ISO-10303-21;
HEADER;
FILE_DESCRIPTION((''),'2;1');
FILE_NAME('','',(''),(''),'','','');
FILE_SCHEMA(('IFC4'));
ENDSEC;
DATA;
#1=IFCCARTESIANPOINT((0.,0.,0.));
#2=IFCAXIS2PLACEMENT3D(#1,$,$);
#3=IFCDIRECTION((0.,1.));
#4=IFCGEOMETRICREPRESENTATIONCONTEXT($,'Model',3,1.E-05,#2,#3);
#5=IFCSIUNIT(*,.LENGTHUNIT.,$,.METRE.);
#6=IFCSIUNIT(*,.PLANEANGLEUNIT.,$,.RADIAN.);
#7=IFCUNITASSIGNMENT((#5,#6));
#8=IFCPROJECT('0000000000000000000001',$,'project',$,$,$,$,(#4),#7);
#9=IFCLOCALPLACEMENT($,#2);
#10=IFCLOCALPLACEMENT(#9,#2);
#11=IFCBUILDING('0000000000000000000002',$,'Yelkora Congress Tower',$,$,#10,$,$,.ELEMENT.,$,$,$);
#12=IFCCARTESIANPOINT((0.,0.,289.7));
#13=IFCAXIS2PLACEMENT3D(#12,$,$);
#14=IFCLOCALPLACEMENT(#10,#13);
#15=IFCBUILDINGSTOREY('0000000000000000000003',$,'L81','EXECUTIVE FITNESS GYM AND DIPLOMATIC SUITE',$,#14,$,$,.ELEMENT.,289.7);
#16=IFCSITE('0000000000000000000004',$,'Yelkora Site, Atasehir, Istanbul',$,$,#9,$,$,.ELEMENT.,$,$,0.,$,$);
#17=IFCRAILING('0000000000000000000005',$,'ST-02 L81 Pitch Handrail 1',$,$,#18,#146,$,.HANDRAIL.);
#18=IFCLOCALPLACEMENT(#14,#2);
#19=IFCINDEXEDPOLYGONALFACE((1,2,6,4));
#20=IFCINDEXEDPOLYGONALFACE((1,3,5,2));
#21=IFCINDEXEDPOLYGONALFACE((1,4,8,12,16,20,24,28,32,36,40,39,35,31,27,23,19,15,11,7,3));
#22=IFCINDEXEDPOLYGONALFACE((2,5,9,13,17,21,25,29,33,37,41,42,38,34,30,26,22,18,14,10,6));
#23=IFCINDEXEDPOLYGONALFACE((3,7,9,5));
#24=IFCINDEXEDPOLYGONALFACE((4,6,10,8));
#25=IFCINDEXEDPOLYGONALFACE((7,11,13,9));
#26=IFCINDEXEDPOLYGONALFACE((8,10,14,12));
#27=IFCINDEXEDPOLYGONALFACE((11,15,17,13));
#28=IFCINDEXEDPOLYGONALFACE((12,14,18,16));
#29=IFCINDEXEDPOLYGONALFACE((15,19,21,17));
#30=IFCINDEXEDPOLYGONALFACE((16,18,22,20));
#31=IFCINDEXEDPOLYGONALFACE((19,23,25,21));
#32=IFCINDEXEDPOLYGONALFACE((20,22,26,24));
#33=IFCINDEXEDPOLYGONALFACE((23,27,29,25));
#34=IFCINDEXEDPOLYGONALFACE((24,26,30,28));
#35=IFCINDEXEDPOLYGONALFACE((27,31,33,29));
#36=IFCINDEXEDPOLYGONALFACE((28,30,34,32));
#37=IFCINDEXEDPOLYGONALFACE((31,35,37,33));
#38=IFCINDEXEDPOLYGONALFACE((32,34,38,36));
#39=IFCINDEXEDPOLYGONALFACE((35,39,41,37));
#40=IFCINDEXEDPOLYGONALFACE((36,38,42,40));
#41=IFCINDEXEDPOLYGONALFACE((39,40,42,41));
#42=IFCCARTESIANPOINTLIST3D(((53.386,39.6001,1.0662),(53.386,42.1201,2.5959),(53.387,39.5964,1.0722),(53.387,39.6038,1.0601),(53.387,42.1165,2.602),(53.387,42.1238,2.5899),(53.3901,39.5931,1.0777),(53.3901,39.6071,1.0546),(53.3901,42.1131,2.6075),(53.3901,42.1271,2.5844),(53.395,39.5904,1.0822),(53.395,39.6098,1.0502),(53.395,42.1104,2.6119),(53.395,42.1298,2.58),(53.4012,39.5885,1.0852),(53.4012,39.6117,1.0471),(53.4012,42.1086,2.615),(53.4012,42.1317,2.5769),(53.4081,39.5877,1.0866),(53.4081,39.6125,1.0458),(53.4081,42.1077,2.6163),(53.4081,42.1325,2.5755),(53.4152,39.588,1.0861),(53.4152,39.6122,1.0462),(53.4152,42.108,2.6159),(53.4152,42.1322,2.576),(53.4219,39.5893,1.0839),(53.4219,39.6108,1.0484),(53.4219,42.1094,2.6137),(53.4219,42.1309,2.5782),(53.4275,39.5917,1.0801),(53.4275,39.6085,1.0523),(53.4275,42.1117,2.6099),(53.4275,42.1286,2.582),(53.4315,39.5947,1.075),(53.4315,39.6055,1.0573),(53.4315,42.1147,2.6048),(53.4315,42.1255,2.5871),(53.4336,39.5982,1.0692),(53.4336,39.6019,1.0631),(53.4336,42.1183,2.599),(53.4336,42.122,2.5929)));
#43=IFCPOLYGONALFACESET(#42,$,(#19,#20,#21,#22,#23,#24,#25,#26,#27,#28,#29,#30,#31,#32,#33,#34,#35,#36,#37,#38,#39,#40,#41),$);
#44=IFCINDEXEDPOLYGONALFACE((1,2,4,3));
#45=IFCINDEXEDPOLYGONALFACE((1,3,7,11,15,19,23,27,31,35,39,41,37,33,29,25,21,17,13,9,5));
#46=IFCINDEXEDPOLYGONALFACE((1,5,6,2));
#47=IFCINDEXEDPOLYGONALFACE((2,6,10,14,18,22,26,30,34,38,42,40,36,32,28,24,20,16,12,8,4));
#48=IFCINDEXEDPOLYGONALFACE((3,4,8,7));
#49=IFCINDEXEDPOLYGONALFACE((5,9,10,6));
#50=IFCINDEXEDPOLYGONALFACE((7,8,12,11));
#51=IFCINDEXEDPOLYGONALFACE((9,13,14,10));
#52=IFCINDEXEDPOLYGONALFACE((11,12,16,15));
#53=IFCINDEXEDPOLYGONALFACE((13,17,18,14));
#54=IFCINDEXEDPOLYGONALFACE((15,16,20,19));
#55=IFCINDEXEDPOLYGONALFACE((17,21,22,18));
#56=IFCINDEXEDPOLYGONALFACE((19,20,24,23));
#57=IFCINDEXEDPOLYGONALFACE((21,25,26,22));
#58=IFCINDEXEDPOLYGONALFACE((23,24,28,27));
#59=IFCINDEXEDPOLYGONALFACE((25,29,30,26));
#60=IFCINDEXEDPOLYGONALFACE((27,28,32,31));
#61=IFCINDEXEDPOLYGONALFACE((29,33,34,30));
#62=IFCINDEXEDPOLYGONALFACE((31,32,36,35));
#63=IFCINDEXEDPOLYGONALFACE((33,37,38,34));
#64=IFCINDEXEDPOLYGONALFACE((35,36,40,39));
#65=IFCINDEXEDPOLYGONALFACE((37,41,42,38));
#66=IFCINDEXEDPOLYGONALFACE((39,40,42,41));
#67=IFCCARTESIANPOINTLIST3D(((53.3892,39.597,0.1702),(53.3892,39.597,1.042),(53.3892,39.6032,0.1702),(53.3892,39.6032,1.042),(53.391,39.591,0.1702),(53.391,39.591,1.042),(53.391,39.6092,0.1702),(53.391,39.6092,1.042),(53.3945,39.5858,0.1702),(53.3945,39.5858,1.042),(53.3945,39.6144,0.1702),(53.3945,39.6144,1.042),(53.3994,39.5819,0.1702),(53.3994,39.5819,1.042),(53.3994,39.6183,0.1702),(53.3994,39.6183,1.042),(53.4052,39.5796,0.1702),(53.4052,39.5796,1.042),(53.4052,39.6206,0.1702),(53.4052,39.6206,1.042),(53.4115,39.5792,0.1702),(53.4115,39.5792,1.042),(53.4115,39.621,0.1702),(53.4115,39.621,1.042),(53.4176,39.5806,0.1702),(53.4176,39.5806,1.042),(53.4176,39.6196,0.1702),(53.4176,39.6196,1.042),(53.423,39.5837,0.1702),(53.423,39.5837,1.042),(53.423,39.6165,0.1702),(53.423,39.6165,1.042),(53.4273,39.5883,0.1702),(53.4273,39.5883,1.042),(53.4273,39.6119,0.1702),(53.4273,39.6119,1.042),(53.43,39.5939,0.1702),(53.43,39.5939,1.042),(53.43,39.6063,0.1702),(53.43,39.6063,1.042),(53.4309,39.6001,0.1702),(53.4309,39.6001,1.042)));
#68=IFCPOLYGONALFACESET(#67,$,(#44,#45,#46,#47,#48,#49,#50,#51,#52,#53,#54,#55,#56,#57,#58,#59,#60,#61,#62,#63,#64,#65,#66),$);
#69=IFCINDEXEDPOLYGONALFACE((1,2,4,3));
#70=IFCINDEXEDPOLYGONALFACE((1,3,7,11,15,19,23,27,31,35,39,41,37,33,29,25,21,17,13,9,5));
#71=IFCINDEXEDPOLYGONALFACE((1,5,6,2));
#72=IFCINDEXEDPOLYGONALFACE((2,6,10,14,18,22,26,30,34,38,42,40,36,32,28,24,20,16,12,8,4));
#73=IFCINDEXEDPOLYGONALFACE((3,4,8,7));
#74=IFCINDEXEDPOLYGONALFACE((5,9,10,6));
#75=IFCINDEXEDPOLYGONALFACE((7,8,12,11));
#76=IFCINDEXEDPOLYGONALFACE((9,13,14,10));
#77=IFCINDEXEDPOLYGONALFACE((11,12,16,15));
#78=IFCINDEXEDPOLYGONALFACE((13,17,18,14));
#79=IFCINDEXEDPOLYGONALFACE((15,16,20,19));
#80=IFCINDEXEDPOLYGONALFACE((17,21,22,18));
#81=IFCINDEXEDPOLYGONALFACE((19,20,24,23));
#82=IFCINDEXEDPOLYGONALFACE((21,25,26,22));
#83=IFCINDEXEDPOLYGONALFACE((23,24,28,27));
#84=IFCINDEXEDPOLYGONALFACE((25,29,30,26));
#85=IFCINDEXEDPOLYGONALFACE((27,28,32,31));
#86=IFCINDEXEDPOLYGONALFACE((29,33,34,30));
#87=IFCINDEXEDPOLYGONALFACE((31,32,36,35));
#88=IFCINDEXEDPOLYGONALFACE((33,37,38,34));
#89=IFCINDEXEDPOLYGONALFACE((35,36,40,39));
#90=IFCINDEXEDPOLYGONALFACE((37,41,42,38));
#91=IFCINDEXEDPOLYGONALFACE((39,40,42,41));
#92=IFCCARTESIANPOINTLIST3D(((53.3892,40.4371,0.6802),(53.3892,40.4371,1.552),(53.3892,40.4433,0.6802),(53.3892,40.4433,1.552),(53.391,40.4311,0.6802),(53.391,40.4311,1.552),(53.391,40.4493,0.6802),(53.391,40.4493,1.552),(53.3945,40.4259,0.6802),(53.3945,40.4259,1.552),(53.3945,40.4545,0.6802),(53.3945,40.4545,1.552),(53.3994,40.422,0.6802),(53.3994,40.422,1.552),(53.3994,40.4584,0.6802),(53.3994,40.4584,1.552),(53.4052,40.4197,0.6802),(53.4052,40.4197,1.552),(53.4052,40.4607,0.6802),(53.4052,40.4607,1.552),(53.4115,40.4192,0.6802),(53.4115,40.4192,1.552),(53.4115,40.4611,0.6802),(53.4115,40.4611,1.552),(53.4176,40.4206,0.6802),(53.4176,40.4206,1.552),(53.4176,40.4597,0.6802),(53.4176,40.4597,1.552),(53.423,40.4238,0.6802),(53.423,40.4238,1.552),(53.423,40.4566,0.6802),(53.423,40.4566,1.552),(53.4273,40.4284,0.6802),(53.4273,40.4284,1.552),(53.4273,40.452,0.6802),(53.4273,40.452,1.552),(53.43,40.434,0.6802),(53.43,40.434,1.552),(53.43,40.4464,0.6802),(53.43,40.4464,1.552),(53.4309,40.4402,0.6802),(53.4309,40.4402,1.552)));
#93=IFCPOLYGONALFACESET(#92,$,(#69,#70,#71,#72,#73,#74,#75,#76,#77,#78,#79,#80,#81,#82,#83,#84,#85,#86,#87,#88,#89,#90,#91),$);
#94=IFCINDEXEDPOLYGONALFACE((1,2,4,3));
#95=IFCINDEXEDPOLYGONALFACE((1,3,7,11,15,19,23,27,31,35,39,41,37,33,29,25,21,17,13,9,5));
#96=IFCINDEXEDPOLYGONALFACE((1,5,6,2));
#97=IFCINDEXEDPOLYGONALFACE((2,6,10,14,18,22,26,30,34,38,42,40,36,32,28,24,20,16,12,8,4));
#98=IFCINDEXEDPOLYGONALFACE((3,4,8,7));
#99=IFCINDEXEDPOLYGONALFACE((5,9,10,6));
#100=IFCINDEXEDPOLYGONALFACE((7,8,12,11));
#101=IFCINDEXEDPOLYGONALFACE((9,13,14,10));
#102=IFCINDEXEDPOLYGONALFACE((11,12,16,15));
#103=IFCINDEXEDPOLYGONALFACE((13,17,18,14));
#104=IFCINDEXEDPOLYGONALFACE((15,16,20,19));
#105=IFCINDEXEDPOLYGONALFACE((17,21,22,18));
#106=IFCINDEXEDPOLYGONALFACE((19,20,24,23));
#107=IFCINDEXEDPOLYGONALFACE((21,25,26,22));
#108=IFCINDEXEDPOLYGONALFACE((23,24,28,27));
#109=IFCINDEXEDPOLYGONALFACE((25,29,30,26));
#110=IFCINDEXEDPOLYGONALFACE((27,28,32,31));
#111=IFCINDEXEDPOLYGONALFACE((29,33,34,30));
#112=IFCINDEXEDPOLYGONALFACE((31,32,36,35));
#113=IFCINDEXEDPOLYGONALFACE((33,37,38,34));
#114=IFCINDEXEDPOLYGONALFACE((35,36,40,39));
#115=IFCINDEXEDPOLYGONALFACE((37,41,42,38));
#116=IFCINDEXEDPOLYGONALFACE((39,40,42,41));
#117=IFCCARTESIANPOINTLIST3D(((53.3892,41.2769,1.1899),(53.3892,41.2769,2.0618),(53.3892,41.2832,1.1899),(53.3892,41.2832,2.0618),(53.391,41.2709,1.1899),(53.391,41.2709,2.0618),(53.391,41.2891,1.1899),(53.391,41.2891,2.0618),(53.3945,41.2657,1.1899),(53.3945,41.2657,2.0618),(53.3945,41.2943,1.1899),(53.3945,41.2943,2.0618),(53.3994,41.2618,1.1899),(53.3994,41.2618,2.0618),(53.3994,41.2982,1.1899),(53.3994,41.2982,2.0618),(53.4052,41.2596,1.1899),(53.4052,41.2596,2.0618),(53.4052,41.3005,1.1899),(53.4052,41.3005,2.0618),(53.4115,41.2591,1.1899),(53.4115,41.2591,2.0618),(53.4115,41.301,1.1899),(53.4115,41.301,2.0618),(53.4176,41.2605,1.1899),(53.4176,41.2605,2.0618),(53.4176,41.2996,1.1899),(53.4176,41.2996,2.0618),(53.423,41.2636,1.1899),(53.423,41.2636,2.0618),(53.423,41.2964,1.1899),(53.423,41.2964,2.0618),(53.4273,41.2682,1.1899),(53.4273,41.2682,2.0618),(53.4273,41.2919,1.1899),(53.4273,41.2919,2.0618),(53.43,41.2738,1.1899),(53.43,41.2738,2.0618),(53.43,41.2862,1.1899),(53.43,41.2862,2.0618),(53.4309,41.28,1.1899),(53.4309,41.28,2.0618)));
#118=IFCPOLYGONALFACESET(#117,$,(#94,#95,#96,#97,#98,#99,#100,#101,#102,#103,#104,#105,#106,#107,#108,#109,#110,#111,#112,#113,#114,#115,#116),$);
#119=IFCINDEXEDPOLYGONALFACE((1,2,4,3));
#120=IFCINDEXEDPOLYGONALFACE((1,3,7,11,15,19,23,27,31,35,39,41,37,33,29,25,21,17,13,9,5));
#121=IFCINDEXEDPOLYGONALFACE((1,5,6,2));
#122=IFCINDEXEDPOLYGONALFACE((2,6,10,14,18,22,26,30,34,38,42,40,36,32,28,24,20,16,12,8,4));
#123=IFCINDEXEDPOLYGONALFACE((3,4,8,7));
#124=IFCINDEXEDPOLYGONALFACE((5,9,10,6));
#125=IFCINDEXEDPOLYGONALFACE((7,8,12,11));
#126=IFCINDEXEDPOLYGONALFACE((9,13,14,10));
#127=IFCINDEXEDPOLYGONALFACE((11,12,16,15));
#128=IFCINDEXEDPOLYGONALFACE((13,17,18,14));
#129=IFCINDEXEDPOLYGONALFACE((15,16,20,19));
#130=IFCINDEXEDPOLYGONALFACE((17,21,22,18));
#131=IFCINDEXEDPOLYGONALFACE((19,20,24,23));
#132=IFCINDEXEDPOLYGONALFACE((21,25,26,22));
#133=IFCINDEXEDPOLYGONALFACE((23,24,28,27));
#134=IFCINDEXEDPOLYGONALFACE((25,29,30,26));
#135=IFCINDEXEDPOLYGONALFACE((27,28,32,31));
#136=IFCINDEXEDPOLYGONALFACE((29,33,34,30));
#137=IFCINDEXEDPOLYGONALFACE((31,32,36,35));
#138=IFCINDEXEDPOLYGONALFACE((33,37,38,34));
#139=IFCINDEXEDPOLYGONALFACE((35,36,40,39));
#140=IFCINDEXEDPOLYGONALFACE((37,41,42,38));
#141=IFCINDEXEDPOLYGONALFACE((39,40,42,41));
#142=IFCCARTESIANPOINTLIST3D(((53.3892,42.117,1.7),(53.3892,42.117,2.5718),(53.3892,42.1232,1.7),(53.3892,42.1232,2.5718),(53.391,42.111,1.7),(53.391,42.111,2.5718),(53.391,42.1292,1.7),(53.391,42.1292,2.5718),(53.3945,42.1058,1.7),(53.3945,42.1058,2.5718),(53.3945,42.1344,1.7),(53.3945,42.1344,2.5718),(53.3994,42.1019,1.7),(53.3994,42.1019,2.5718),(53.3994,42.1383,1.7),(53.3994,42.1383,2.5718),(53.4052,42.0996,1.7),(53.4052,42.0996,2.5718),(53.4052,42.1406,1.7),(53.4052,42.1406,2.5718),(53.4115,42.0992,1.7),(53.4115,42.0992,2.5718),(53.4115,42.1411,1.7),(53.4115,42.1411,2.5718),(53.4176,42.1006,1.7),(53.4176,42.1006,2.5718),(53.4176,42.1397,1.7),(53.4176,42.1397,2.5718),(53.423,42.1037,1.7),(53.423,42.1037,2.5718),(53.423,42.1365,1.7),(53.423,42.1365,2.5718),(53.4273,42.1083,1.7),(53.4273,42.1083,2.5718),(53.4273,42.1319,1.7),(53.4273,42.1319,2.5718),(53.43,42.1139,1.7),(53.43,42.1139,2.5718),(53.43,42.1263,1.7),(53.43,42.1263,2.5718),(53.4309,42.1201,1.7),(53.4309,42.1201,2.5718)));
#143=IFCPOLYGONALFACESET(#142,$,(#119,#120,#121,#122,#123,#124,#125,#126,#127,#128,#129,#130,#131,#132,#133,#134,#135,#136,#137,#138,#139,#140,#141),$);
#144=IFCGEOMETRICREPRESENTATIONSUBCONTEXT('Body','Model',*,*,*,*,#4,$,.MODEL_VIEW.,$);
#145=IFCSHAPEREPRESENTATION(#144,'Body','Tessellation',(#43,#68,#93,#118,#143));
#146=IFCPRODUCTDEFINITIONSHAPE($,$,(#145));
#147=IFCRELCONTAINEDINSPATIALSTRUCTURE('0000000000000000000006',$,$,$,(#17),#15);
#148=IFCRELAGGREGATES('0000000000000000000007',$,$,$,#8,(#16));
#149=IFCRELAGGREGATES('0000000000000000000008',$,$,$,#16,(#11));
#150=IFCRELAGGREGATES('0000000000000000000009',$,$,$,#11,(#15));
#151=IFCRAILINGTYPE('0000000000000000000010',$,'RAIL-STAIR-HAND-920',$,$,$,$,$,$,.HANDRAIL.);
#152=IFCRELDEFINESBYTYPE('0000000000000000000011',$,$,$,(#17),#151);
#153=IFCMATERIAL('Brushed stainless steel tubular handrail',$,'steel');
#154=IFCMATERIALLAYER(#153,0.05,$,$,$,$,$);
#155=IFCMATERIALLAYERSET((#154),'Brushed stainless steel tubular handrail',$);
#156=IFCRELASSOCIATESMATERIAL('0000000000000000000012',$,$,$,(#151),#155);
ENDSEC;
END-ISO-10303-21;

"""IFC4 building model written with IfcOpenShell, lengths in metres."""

from ifc_helpers import new_model, si_unit, direction, frame, origin, origin_2d, place, context, subcontext, project, spatial, circle, extrude, material, layer, layer_set, type_object, element, save


model = new_model("IFC4")

# Units and contexts
model_context = context("Model", 3, precision=1e-05, world=origin(), true_north=direction((0.0, 1.0)))
body_context = subcontext(model_context, "Body", "Model", "MODEL_VIEW")
ifc_project = project(units=[si_unit("LENGTHUNIT", "METRE"), si_unit("PLANEANGLEUNIT", "RADIAN")], contexts=[model_context])

# Site, building, storey
site_placement = place(None, origin())
site = spatial("IfcSite", under=ifc_project, at=site_placement, Name="Yelkora Site, Atasehir, Istanbul", CompositionType="ELEMENT", RefElevation=0.0)
building_placement = place(site_placement, origin())
building = spatial("IfcBuilding", under=site, at=building_placement, Name="Yelkora Congress Tower", CompositionType="ELEMENT")
storey_placement = place(building_placement, frame((0.0, 0.0, 289.7)))
storey = spatial("IfcBuildingStorey", under=building, at=storey_placement, Name="L81", Description="EXECUTIVE FITNESS GYM AND DIPLOMATIC SUITE", CompositionType="ELEMENT", Elevation=289.7)

# Railing
ifc_material_1 = material(Name="Brushed stainless steel tubular handrail", Category="steel")
ifc_layer_1 = layer(ifc_material_1, 0.05)
ifc_layer_set_1 = layer_set([ifc_layer_1], Name="Brushed stainless steel tubular handrail")
railing_type_1 = type_object("IfcRailingType", Name="RAIL-STAIR-HAND-920", PredefinedType="HANDRAIL", material=ifc_layer_set_1)
railing_1_placement = place(storey_placement, frame((53.4099, 39.6001, 0.1702)))
element("IfcRailing", 1, at=railing_1_placement, inside=storey, type_object=railing_type_1, Name="ST-02 L81 Pitch Handrail 1", PredefinedType="HANDRAIL", context=body_context, shape_type="SweptSolid", body=[
    extrude(circle(Radius=0.0239, at=origin_2d()), frame((0.0, 0.0, 0.896), z_axis=(0.0, 0.854822, 0.518922), x_axis=(-1.0, 0.0, 0.0)), (0.0, 0.0, 1.0), 2.948),
    extrude(circle(Radius=0.021, at=origin_2d()), origin(), (0.0, 0.0, 1.0), 0.8718),
    extrude(circle(Radius=0.021, at=origin_2d()), frame((0.0, 0.8401, 0.51)), (0.0, 0.0, 1.0), 0.8718),
    extrude(circle(Radius=0.021, at=origin_2d()), frame((0.0, 1.6799, 1.0198)), (0.0, 0.0, 1.0), 0.8718),
    extrude(circle(Radius=0.021, at=origin_2d()), frame((0.0, 2.52, 1.5298)), (0.0, 0.0, 1.0), 0.8718),
])

save(model, "model.ifc")
